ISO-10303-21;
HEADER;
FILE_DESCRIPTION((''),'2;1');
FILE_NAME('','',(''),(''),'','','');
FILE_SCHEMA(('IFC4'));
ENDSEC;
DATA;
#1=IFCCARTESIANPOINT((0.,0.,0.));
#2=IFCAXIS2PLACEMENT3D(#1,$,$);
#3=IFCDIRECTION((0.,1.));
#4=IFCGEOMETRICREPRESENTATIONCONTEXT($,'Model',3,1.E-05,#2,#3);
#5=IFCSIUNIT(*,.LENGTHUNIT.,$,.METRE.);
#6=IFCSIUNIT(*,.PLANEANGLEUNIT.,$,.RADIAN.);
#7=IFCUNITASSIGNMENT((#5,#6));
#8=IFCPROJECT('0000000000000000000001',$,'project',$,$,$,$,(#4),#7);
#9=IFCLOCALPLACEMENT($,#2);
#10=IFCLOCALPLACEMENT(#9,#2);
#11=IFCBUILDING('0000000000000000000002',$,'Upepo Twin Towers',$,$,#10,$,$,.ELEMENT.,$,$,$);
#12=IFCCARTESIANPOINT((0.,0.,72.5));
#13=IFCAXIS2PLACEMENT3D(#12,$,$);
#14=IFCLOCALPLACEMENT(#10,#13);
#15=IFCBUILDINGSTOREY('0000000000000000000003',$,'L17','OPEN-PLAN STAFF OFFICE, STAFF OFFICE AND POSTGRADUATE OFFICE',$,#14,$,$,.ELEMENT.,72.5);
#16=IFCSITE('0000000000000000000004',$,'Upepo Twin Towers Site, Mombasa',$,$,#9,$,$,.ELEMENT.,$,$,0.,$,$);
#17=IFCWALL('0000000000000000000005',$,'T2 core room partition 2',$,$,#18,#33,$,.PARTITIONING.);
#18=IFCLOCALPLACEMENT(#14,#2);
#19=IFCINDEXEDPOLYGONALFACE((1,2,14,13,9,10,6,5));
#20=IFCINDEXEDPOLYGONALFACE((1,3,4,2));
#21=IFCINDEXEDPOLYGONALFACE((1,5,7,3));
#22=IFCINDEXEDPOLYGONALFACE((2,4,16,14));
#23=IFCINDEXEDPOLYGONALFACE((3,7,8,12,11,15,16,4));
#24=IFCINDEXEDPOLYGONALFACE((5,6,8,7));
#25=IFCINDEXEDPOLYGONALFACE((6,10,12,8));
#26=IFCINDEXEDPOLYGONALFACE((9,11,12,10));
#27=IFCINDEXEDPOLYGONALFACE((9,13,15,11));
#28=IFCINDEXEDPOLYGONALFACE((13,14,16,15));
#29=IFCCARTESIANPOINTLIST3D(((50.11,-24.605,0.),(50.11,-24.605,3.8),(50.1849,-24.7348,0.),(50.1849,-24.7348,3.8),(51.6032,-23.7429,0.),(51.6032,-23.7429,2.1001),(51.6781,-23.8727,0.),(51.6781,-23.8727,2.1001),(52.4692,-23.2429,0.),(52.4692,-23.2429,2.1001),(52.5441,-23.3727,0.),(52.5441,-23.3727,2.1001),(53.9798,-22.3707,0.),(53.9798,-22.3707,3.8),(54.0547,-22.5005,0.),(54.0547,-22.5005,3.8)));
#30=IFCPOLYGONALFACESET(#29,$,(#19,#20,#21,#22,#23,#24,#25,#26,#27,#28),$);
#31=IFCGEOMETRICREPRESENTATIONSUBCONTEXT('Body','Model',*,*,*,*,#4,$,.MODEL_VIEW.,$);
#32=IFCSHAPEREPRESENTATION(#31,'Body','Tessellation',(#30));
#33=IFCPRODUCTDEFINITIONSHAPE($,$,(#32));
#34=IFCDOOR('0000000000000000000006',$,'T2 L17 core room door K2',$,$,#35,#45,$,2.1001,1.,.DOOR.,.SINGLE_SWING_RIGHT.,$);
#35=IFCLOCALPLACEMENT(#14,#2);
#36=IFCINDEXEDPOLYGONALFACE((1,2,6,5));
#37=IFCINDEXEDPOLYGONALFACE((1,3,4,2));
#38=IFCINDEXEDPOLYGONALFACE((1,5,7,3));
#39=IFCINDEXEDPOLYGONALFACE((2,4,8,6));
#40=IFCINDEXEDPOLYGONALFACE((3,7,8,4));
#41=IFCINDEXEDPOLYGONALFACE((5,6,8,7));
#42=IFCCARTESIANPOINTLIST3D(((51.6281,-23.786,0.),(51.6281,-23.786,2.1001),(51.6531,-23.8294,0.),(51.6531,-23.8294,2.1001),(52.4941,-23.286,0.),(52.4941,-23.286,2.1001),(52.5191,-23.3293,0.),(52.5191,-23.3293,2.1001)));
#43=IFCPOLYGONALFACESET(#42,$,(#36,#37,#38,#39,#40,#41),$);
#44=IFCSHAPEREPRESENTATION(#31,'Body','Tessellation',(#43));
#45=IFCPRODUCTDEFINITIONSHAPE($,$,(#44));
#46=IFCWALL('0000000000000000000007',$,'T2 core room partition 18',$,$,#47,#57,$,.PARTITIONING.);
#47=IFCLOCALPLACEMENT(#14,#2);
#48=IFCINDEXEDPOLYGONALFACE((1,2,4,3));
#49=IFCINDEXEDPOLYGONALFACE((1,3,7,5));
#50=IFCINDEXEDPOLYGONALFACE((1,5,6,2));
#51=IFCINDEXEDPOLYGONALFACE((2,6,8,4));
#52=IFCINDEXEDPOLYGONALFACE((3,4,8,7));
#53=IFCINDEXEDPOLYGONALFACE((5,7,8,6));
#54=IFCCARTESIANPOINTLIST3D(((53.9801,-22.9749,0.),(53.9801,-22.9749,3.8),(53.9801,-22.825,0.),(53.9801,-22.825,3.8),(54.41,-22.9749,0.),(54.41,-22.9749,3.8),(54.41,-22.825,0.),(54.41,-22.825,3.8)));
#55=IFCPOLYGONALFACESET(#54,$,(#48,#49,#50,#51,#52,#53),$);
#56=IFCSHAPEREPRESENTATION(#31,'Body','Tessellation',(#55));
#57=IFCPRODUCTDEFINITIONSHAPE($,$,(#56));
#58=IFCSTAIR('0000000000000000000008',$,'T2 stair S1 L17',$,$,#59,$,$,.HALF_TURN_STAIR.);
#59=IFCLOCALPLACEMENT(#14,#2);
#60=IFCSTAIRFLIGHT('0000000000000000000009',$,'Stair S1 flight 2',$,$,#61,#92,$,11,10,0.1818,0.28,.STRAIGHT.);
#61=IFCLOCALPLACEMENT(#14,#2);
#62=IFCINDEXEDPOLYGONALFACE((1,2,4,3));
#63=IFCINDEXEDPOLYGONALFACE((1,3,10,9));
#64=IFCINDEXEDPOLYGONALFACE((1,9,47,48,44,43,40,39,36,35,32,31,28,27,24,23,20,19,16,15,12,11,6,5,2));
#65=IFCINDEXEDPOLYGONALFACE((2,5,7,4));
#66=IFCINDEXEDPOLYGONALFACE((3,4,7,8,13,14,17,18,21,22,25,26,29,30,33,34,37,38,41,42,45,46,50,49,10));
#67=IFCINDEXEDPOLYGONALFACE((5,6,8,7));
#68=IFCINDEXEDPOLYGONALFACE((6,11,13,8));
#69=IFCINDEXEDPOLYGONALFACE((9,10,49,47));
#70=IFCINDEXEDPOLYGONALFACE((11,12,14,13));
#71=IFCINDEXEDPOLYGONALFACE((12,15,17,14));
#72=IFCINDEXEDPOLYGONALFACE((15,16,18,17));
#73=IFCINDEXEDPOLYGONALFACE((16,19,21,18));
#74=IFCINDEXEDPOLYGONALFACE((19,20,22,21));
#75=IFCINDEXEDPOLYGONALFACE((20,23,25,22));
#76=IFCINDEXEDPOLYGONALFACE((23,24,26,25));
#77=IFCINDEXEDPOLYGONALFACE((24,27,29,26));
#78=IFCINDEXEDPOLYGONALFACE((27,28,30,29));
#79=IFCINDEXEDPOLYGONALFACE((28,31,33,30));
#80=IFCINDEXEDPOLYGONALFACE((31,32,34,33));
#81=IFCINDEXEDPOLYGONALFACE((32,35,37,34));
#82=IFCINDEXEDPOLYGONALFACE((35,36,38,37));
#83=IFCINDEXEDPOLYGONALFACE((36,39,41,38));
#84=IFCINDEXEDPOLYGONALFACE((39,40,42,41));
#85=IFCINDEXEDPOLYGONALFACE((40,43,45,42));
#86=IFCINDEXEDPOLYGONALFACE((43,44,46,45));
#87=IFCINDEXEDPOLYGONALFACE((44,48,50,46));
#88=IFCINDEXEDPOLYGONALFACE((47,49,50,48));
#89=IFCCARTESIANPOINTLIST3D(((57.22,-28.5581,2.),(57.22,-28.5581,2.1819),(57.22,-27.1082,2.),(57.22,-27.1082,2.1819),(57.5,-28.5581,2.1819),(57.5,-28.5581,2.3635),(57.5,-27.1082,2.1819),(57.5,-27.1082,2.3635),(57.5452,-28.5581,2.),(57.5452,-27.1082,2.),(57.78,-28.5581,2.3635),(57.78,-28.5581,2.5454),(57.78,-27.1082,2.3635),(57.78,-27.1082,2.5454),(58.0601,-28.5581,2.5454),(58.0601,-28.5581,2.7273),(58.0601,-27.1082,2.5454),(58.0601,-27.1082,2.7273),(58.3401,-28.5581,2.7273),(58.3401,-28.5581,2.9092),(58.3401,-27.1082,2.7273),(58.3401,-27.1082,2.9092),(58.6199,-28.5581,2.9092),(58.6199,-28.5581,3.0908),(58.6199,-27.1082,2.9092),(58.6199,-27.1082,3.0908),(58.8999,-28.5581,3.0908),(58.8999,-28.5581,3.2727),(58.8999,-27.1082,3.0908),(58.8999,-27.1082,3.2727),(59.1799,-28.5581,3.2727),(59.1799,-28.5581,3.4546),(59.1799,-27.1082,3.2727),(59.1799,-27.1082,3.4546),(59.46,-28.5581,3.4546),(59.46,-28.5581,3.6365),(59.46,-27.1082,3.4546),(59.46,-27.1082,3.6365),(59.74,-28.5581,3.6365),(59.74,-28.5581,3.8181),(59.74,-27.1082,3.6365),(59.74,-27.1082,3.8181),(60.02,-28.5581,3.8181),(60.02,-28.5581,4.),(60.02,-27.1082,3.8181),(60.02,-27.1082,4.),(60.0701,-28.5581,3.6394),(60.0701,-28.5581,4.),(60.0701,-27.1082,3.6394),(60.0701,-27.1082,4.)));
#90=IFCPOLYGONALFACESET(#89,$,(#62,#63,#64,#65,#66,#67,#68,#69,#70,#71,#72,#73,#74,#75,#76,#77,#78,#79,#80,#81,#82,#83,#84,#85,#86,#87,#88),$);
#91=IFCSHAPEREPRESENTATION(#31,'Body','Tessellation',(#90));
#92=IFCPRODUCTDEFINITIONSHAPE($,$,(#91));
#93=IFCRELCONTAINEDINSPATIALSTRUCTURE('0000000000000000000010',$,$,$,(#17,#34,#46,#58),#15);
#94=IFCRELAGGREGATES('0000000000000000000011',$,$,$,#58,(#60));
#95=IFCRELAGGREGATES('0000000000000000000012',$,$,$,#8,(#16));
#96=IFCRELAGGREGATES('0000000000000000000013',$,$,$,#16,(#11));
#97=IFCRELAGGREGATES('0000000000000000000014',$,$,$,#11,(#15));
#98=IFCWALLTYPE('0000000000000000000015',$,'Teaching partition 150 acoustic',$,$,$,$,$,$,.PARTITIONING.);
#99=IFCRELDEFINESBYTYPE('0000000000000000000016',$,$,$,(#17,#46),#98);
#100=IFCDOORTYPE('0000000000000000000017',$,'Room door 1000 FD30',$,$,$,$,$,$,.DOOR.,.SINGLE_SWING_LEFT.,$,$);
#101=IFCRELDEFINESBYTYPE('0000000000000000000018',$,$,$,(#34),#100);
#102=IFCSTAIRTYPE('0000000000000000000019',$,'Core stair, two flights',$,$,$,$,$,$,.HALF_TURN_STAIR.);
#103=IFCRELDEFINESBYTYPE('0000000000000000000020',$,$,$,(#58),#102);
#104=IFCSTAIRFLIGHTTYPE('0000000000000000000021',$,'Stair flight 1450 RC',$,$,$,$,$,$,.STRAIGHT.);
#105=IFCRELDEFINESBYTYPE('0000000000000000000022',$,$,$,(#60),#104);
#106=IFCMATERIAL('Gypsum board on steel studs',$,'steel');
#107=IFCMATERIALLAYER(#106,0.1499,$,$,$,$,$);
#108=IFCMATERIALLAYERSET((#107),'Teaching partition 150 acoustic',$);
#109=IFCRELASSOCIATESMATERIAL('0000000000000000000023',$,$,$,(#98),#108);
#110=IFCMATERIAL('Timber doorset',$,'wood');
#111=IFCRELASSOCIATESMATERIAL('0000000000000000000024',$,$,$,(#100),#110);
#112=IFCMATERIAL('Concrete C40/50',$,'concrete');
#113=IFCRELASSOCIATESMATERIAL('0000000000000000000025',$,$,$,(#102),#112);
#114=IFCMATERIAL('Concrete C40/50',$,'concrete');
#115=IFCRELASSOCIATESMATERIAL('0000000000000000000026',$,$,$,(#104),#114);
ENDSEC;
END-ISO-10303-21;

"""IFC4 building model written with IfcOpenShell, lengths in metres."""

from ifc_helpers import new_model, si_unit, direction, frame, frame_2d, origin, place, context, subcontext, project, spatial, polyline, rectangle, outline, extrude, material, layer, layer_set, type_object, element, fill, aggregate, save


model = new_model("IFC4")

# Units and contexts
model_context = context("Model", 3, precision=1e-05, world=origin(), true_north=direction((0.0, 1.0)))
body_context = subcontext(model_context, "Body", "Model", "MODEL_VIEW")
ifc_project = project(units=[si_unit("LENGTHUNIT", "METRE"), si_unit("PLANEANGLEUNIT", "RADIAN")], contexts=[model_context])

# Site, building, storey
site_placement = place(None, origin())
site = spatial("IfcSite", under=ifc_project, at=site_placement, Name="Upepo Twin Towers Site, Mombasa", CompositionType="ELEMENT", RefElevation=0.0)
building_placement = place(site_placement, origin())
building = spatial("IfcBuilding", under=site, at=building_placement, Name="Upepo Twin Towers", CompositionType="ELEMENT")
storey_placement = place(building_placement, frame((0.0, 0.0, 72.5)))
storey = spatial("IfcBuildingStorey", under=building, at=storey_placement, Name="L17", Description="OPEN-PLAN STAFF OFFICE, STAFF OFFICE AND POSTGRADUATE OFFICE", CompositionType="ELEMENT", Elevation=72.5)

# Shared definitions
ifc_material_1 = material(Name="Gypsum board on steel studs", Category="steel")
ifc_layer_1 = layer(ifc_material_1, 0.1499)
ifc_layer_set_1 = layer_set([ifc_layer_1], Name="Teaching partition 150 acoustic")
wall_type_1 = type_object("IfcWallType", Name="Teaching partition 150 acoustic", PredefinedType="PARTITIONING", material=ifc_layer_set_1)

# Wall, opening, door
wall_1_placement = place(storey_placement, frame((54.0173, -22.4355, 0.0), z_axis=(0.0, 0.0, 1.0), x_axis=(-0.866015, -0.500017, 0.0)))
wall_1 = element("IfcWall", 1, at=wall_1_placement, inside=storey, type_object=wall_type_1, Name="T2 core room partition 2", PredefinedType="PARTITIONING", context=body_context, shape_type="SweptSolid", body=[
    extrude(rectangle(XDim=4.4685, YDim=0.1499, at=frame_2d((2.2344, 0.0))), origin(), (0.0, 0.0, 1.0), 3.8),
])
opening_1_placement = place(wall_1_placement, frame((1.7444, 0.0, 0.0)))
opening_1 = element("IfcOpeningElement", 2, at=opening_1_placement, cuts=wall_1, PredefinedType="OPENING", context=body_context, shape_type="SweptSolid", body=[
    extrude(rectangle(XDim=1.0, YDim=2.1001, at=frame_2d((0.5, 1.05))), frame((0.0, 0.085, 0.0), z_axis=(0.0, -1.0, 0.0), x_axis=(1.0, 0.0, 0.0)), (0.0, 0.0, 1.0), 0.1699),
])
ifc_material_2 = material(Name="Timber doorset", Category="wood")
door_type_1 = type_object("IfcDoorType", Name="Room door 1000 FD30", OperationType="SINGLE_SWING_LEFT", PredefinedType="DOOR", material=ifc_material_2)
door_1_placement = place(opening_1_placement, origin())
door_1 = element("IfcDoor", 3, at=door_1_placement, inside=storey, type_object=door_type_1, Name="T2 L17 core room door K2", OperationType="SINGLE_SWING_RIGHT", OverallHeight=2.1001, OverallWidth=1.0, PredefinedType="DOOR", context=body_context, shape_type="SweptSolid", body=[
    extrude(rectangle(XDim=1.0, YDim=2.1001, at=frame_2d((0.5, 1.05))), frame((0.0, 0.0249, 0.0), z_axis=(0.0, -1.0, 0.0), x_axis=(1.0, 0.0, 0.0)), (0.0, 0.0, 1.0), 0.05),
])
fill(opening_1, door_1)

# Wall
wall_2_placement = place(storey_placement, frame((54.4099, -22.8999, 0.0), z_axis=(0.0, 0.0, 1.0), x_axis=(-1.0, 0.0, 0.0)))
element("IfcWall", 4, at=wall_2_placement, inside=storey, type_object=wall_type_1, Name="T2 core room partition 18", PredefinedType="PARTITIONING", context=body_context, shape_type="SweptSolid", body=[
    extrude(rectangle(XDim=0.4299, YDim=0.1499, at=frame_2d((0.2148, 0.0))), origin(), (0.0, 0.0, 1.0), 3.8),
])

# Stair, stair flight
ifc_material_3 = material(Name="Concrete C40/50", Category="concrete")
stair_type = type_object("IfcStairType", Name="Core stair, two flights", PredefinedType="HALF_TURN_STAIR", material=ifc_material_3)
stair_placement = place(storey_placement, origin())
stair = element("IfcStair", 5, at=stair_placement, inside=storey, type_object=stair_type, Name="T2 stair S1 L17", PredefinedType="HALF_TURN_STAIR")
ifc_material_4 = material(Name="Concrete C40/50", Category="concrete")
stair_flight_type = type_object("IfcStairFlightType", Name="Stair flight 1450 RC", PredefinedType="STRAIGHT", material=ifc_material_4)
stair_flight_placement = place(storey_placement, frame((57.22, -27.8333, 2.0), z_axis=(0.0, 0.0, 1.0), x_axis=(1.0, 0.0, 0.0)))
stair_flight = element("IfcStairFlight", 6, at=stair_flight_placement, type_object=stair_flight_type, Name="Stair S1 flight 2", NumberOfRisers=11, NumberOfTreads=10, PredefinedType="STRAIGHT", RiserHeight=0.1818, TreadLength=0.28, context=body_context, shape_type="SweptSolid", body=[
    extrude(outline(polyline([(0.0, 0.0), (0.0, 0.1819), (0.28, 0.1819), (0.28, 0.3635), (0.5601, 0.3635), (0.5601, 0.5454), (0.8401, 0.5454), (0.8401, 0.7273), (1.1201, 0.7273), (1.1201, 0.9092), (1.3999, 0.9092), (1.3999, 1.0908), (1.6799, 1.0908), (1.6799, 1.2727), (1.96, 1.2727), (1.96, 1.4546), (2.24, 1.4546), (2.24, 1.6365), (2.52, 1.6365), (2.52, 1.8181), (2.8, 1.8181), (2.8, 2.0), (2.8501, 2.0), (2.8501, 1.6394), (0.3252, 0.0), (0.0, 0.0)])), frame((0.0, 0.7251, 0.0), z_axis=(0.0, -1.0, 0.0), x_axis=(1.0, 0.0, 0.0)), (0.0, 0.0, 1.0), 1.45),
])
aggregate(stair, [stair_flight])

save(model, "model.ifc")
